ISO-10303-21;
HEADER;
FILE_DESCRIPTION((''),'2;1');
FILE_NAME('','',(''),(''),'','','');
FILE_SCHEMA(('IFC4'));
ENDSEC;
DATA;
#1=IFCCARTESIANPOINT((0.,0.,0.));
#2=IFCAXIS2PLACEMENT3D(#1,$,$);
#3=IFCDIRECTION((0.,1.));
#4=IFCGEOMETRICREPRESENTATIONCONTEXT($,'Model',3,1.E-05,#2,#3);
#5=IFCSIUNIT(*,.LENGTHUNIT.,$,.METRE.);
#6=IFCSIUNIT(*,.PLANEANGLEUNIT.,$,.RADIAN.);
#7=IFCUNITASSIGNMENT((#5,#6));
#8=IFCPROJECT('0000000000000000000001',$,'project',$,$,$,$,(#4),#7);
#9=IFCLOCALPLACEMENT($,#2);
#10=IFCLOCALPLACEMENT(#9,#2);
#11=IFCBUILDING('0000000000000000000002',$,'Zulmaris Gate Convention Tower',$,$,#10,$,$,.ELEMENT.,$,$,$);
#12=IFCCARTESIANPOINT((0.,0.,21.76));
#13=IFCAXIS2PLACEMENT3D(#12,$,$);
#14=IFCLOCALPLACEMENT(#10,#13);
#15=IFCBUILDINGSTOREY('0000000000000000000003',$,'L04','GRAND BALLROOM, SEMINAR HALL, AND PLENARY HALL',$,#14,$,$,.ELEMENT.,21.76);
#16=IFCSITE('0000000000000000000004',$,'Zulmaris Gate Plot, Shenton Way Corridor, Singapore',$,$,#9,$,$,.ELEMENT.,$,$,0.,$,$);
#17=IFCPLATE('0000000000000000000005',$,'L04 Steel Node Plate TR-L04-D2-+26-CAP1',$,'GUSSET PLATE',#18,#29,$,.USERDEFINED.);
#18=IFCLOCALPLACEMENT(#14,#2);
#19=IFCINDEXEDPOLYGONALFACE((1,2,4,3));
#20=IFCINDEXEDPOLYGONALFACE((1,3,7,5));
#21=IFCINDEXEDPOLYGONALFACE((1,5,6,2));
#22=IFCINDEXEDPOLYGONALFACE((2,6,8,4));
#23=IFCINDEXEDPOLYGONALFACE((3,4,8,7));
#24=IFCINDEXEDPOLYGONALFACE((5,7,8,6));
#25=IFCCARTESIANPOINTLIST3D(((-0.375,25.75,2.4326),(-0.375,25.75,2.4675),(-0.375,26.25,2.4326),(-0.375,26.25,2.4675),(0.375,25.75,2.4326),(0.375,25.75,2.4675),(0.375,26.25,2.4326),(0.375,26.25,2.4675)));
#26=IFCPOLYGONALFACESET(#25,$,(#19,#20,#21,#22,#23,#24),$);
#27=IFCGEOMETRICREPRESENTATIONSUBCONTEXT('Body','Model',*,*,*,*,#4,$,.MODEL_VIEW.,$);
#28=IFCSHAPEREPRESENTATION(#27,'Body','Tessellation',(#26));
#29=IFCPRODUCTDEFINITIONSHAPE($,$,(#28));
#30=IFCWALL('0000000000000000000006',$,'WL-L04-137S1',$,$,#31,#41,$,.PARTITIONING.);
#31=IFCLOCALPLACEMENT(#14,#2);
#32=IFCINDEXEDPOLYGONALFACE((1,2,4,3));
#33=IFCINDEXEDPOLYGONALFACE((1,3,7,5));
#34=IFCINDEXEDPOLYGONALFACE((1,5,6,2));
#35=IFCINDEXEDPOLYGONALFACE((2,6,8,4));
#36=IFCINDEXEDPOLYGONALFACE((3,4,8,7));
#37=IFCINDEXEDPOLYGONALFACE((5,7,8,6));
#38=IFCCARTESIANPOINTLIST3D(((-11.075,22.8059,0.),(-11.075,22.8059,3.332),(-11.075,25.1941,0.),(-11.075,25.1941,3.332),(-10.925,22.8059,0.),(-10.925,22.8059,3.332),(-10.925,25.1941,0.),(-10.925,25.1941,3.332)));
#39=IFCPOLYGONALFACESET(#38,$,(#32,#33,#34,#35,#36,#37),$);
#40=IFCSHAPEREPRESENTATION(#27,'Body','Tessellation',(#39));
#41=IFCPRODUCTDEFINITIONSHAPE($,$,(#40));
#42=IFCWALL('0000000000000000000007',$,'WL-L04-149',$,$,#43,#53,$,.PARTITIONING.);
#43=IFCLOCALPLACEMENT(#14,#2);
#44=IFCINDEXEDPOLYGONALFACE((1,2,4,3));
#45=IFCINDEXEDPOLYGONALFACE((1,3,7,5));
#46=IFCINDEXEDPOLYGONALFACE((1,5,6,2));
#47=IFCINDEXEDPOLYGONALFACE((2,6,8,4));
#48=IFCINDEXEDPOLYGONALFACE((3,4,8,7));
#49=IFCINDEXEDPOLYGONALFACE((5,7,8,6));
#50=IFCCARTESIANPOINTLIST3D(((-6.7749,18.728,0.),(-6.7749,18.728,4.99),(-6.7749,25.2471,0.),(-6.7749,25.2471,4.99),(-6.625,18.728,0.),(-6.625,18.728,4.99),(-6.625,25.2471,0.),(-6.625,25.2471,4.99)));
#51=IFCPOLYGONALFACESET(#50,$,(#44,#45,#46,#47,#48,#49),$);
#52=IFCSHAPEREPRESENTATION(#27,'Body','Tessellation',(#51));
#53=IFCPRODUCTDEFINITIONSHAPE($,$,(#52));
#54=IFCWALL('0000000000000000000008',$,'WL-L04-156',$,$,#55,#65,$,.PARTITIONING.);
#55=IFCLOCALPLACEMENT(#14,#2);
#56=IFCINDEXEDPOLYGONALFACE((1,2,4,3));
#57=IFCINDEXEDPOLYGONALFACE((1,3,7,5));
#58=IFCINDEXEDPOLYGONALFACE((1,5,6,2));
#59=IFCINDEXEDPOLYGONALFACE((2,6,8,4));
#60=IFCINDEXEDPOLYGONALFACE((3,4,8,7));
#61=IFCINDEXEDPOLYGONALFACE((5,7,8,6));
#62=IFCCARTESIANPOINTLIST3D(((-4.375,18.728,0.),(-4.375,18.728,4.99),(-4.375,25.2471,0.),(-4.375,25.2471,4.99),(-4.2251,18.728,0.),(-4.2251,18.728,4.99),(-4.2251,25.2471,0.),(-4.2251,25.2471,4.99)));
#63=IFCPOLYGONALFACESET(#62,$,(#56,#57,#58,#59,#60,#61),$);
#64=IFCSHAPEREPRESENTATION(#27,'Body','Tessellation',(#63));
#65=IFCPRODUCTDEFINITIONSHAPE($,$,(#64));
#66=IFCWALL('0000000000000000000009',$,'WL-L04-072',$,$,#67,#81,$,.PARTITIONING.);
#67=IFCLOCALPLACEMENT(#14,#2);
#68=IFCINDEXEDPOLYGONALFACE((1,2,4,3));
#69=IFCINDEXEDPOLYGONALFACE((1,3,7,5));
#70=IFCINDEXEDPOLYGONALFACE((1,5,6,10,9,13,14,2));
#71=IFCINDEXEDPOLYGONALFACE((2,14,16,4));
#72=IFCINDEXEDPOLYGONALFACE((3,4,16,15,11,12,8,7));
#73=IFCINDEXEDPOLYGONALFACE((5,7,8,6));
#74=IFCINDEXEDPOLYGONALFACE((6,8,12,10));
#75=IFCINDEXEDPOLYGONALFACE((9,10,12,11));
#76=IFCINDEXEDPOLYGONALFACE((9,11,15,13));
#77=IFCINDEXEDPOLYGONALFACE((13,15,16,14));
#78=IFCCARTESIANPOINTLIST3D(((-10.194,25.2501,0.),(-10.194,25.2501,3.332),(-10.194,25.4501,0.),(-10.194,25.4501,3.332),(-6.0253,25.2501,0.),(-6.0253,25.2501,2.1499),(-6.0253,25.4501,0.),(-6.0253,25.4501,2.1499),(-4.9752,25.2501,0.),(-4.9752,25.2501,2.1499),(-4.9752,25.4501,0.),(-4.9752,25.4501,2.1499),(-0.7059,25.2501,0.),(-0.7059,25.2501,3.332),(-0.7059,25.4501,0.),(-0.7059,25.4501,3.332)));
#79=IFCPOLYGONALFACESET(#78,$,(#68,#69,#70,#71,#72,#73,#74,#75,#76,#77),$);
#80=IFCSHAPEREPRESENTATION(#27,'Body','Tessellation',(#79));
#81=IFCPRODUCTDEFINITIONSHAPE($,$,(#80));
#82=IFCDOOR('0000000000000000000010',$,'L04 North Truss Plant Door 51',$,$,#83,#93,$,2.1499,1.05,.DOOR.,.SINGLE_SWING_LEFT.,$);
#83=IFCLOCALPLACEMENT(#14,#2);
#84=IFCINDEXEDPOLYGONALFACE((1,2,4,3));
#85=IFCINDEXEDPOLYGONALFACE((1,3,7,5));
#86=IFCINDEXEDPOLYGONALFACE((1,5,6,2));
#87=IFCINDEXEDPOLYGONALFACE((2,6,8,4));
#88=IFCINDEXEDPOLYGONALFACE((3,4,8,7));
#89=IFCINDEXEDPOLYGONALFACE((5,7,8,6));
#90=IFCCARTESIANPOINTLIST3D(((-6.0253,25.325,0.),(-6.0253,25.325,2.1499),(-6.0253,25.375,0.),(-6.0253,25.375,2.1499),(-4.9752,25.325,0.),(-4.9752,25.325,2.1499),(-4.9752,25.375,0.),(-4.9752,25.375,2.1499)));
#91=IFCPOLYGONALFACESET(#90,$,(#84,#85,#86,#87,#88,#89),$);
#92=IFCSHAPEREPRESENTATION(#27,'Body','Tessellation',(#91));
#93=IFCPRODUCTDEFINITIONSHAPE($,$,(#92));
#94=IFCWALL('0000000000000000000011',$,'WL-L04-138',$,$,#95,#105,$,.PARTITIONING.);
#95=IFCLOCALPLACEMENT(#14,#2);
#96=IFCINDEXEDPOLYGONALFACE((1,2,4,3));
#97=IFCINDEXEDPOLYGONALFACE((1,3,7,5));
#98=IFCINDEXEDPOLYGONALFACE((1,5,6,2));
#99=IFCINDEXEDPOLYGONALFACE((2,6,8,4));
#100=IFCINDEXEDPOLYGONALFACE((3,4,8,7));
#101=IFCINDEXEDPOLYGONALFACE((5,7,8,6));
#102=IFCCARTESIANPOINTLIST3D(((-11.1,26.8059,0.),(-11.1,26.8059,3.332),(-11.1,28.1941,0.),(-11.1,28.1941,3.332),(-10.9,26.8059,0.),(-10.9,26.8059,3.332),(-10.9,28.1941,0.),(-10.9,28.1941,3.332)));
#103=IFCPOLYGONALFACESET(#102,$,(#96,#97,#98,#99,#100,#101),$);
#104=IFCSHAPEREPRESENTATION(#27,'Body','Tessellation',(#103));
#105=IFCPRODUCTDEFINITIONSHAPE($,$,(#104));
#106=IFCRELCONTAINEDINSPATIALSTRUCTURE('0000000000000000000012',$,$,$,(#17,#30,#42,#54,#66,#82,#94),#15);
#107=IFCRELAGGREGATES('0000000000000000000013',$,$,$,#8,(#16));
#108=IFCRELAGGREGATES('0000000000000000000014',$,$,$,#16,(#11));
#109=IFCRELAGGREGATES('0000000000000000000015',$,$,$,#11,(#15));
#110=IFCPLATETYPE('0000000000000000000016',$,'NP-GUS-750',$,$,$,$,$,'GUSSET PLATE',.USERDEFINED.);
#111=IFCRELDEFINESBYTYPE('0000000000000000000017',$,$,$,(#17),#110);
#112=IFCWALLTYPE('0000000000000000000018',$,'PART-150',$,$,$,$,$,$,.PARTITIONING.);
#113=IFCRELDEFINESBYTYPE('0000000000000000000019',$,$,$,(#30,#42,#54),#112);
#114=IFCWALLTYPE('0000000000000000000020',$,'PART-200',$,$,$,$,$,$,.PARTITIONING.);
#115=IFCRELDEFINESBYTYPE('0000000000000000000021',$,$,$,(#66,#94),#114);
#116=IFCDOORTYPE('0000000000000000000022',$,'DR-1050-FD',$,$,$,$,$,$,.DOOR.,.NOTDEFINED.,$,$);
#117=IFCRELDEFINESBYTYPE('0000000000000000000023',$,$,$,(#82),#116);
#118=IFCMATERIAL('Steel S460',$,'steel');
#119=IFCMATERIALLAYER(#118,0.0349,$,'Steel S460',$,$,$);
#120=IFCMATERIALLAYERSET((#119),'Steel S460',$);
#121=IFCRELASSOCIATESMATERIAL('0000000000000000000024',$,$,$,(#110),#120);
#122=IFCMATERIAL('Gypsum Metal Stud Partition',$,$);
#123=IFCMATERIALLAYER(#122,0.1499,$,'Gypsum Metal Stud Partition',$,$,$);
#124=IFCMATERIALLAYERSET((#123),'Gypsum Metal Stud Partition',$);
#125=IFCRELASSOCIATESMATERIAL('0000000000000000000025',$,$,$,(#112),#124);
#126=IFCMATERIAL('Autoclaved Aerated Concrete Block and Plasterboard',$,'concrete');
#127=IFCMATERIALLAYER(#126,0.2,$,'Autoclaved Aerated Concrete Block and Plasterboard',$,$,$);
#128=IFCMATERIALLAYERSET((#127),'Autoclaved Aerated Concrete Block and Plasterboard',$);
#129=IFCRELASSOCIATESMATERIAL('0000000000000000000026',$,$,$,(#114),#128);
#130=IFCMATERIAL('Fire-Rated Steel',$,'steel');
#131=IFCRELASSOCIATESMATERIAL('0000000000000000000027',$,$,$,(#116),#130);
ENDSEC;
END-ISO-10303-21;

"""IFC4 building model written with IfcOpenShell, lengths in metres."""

from ifc_helpers import new_model, si_unit, direction, frame, frame_2d, origin, origin_2d, place, context, subcontext, project, spatial, rectangle, extrude, material, layer, layer_set, type_object, element, fill, save


model = new_model("IFC4")

# Units and contexts
model_context = context("Model", 3, precision=1e-05, world=origin(), true_north=direction((0.0, 1.0)))
body_context = subcontext(model_context, "Body", "Model", "MODEL_VIEW")
ifc_project = project(units=[si_unit("LENGTHUNIT", "METRE"), si_unit("PLANEANGLEUNIT", "RADIAN")], contexts=[model_context])

# Site, building, storey
site_placement = place(None, origin())
site = spatial("IfcSite", under=ifc_project, at=site_placement, Name="Zulmaris Gate Plot, Shenton Way Corridor, Singapore", CompositionType="ELEMENT", RefElevation=0.0)
building_placement = place(site_placement, origin())
building = spatial("IfcBuilding", under=site, at=building_placement, Name="Zulmaris Gate Convention Tower", CompositionType="ELEMENT")
storey_placement = place(building_placement, frame((0.0, 0.0, 21.76)))
storey = spatial("IfcBuildingStorey", under=building, at=storey_placement, Name="L04", Description="GRAND BALLROOM, SEMINAR HALL, AND PLENARY HALL", CompositionType="ELEMENT", Elevation=21.76)

# Shared definitions
ifc_material_1 = material(Name="Steel S460", Category="steel")

# Plate
ifc_layer_1 = layer(ifc_material_1, 0.0349, Name="Steel S460")
ifc_layer_set_1 = layer_set([ifc_layer_1], Name="Steel S460")
plate_type = type_object("IfcPlateType", Name="NP-GUS-750", ElementType="GUSSET PLATE", PredefinedType="USERDEFINED", material=ifc_layer_set_1)
for number, where, z_axis, x_axis, name in (
    (1, (0.0, 26.0, 2.4326), (0.0, 0.0, 1.0), (1.0, 0.0, 0.0), "L04 Steel Node Plate TR-L04-D2-+26-CAP1"),
):
    element("IfcPlate", number, at=place(storey_placement, frame(where, z_axis=z_axis, x_axis=x_axis)), inside=storey, type_object=plate_type, Name=name, ObjectType="GUSSET PLATE", PredefinedType="USERDEFINED", context=body_context, shape_type="SweptSolid", body=[
        extrude(rectangle(XDim=0.75, YDim=0.5, at=origin_2d()), origin(), (0.0, 0.0, 1.0), 0.0349),
    ])

# Shared definitions
ifc_material_2 = material(Name="Gypsum Metal Stud Partition")
ifc_layer_2 = layer(ifc_material_2, 0.1499, Name="Gypsum Metal Stud Partition")
ifc_layer_set_2 = layer_set([ifc_layer_2], Name="Gypsum Metal Stud Partition")
wall_type_1 = type_object("IfcWallType", Name="PART-150", PredefinedType="PARTITIONING", material=ifc_layer_set_2)
ifc_material_3 = material(Name="Fire-Rated Steel", Category="steel")

# Walls
wall_1_placement = place(storey_placement, frame((-11.0, 22.8059, 0.0), z_axis=(0.0, 0.0, 1.0), x_axis=(0.0, 1.0, 0.0)))
element("IfcWall", 2, at=wall_1_placement, inside=storey, type_object=wall_type_1, Name="WL-L04-137S1", PredefinedType="PARTITIONING", context=body_context, shape_type="SweptSolid", body=[
    extrude(rectangle(XDim=2.3882, YDim=0.1499, at=frame_2d((1.1941, 0.0))), origin(), (0.0, 0.0, 1.0), 3.332),
])
for number, where, z_axis, x_axis, name in (
    (3, (-6.7, 18.728, 0.0), (0.0, 0.0, 1.0), (0.0, 1.0, 0.0), "WL-L04-149"),
    (4, (-4.3, 18.728, 0.0), (0.0, 0.0, 1.0), (0.0, 1.0, 0.0), "WL-L04-156"),
):
    element("IfcWall", number, at=place(storey_placement, frame(where, z_axis=z_axis, x_axis=x_axis)), inside=storey, type_object=wall_type_1, Name=name, PredefinedType="PARTITIONING", context=body_context, shape_type="SweptSolid", body=[
        extrude(rectangle(XDim=6.519, YDim=0.1499, at=frame_2d((3.2595, 0.0))), origin(), (0.0, 0.0, 1.0), 4.99),
    ])

# Wall, opening, door
ifc_material_4 = material(Name="Autoclaved Aerated Concrete Block and Plasterboard", Category="concrete")
ifc_layer_3 = layer(ifc_material_4, 0.2, Name="Autoclaved Aerated Concrete Block and Plasterboard")
ifc_layer_set_3 = layer_set([ifc_layer_3], Name="Autoclaved Aerated Concrete Block and Plasterboard")
wall_type_2 = type_object("IfcWallType", Name="PART-200", PredefinedType="PARTITIONING", material=ifc_layer_set_3)
wall_2_placement = place(storey_placement, frame((-10.1941, 25.3501, 0.0), z_axis=(0.0, 0.0, 1.0), x_axis=(1.0, 0.0, 0.0)))
wall_2 = element("IfcWall", 5, at=wall_2_placement, inside=storey, type_object=wall_type_2, Name="WL-L04-072", PredefinedType="PARTITIONING", context=body_context, shape_type="SweptSolid", body=[
    extrude(rectangle(XDim=9.488, YDim=0.2, at=frame_2d((4.7441, 0.0))), origin(), (0.0, 0.0, 1.0), 3.332),
])
opening_1_placement = place(wall_2_placement, frame((4.1689, 0.0, 0.0)))
opening_1 = element("IfcOpeningElement", 6, at=opening_1_placement, cuts=wall_2, PredefinedType="OPENING", context=body_context, shape_type="SweptSolid", body=[
    extrude(rectangle(XDim=1.05, YDim=2.1499, at=frame_2d((0.5249, 1.075))), frame((0.0, 0.1099, 0.0), z_axis=(0.0, -1.0, 0.0), x_axis=(1.0, 0.0, 0.0)), (0.0, 0.0, 1.0), 0.22),
])
door_type_1 = type_object("IfcDoorType", Name="DR-1050-FD", OperationType="NOTDEFINED", PredefinedType="DOOR", material=ifc_material_3)
door_1_placement = place(opening_1_placement, origin())
door_1 = element("IfcDoor", 7, at=door_1_placement, inside=storey, type_object=door_type_1, Name="L04 North Truss Plant Door 51", OperationType="SINGLE_SWING_LEFT", OverallHeight=2.1499, OverallWidth=1.05, PredefinedType="DOOR", context=body_context, shape_type="SweptSolid", body=[
    extrude(rectangle(XDim=1.05, YDim=2.1499, at=frame_2d((0.5249, 1.075))), frame((0.0, 0.0249, 0.0), z_axis=(0.0, -1.0, 0.0), x_axis=(1.0, 0.0, 0.0)), (0.0, 0.0, 1.0), 0.05),
])
fill(opening_1, door_1)

# Wall
wall_3_placement = place(storey_placement, frame((-11.0, 26.8059, 0.0), z_axis=(0.0, 0.0, 1.0), x_axis=(0.0, 1.0, 0.0)))
element("IfcWall", 8, at=wall_3_placement, inside=storey, type_object=wall_type_2, Name="WL-L04-138", PredefinedType="PARTITIONING", context=body_context, shape_type="SweptSolid", body=[
    extrude(rectangle(XDim=1.3882, YDim=0.2, at=frame_2d((0.6941, 0.0))), origin(), (0.0, 0.0, 1.0), 3.332),
])

save(model, "model.ifc")
